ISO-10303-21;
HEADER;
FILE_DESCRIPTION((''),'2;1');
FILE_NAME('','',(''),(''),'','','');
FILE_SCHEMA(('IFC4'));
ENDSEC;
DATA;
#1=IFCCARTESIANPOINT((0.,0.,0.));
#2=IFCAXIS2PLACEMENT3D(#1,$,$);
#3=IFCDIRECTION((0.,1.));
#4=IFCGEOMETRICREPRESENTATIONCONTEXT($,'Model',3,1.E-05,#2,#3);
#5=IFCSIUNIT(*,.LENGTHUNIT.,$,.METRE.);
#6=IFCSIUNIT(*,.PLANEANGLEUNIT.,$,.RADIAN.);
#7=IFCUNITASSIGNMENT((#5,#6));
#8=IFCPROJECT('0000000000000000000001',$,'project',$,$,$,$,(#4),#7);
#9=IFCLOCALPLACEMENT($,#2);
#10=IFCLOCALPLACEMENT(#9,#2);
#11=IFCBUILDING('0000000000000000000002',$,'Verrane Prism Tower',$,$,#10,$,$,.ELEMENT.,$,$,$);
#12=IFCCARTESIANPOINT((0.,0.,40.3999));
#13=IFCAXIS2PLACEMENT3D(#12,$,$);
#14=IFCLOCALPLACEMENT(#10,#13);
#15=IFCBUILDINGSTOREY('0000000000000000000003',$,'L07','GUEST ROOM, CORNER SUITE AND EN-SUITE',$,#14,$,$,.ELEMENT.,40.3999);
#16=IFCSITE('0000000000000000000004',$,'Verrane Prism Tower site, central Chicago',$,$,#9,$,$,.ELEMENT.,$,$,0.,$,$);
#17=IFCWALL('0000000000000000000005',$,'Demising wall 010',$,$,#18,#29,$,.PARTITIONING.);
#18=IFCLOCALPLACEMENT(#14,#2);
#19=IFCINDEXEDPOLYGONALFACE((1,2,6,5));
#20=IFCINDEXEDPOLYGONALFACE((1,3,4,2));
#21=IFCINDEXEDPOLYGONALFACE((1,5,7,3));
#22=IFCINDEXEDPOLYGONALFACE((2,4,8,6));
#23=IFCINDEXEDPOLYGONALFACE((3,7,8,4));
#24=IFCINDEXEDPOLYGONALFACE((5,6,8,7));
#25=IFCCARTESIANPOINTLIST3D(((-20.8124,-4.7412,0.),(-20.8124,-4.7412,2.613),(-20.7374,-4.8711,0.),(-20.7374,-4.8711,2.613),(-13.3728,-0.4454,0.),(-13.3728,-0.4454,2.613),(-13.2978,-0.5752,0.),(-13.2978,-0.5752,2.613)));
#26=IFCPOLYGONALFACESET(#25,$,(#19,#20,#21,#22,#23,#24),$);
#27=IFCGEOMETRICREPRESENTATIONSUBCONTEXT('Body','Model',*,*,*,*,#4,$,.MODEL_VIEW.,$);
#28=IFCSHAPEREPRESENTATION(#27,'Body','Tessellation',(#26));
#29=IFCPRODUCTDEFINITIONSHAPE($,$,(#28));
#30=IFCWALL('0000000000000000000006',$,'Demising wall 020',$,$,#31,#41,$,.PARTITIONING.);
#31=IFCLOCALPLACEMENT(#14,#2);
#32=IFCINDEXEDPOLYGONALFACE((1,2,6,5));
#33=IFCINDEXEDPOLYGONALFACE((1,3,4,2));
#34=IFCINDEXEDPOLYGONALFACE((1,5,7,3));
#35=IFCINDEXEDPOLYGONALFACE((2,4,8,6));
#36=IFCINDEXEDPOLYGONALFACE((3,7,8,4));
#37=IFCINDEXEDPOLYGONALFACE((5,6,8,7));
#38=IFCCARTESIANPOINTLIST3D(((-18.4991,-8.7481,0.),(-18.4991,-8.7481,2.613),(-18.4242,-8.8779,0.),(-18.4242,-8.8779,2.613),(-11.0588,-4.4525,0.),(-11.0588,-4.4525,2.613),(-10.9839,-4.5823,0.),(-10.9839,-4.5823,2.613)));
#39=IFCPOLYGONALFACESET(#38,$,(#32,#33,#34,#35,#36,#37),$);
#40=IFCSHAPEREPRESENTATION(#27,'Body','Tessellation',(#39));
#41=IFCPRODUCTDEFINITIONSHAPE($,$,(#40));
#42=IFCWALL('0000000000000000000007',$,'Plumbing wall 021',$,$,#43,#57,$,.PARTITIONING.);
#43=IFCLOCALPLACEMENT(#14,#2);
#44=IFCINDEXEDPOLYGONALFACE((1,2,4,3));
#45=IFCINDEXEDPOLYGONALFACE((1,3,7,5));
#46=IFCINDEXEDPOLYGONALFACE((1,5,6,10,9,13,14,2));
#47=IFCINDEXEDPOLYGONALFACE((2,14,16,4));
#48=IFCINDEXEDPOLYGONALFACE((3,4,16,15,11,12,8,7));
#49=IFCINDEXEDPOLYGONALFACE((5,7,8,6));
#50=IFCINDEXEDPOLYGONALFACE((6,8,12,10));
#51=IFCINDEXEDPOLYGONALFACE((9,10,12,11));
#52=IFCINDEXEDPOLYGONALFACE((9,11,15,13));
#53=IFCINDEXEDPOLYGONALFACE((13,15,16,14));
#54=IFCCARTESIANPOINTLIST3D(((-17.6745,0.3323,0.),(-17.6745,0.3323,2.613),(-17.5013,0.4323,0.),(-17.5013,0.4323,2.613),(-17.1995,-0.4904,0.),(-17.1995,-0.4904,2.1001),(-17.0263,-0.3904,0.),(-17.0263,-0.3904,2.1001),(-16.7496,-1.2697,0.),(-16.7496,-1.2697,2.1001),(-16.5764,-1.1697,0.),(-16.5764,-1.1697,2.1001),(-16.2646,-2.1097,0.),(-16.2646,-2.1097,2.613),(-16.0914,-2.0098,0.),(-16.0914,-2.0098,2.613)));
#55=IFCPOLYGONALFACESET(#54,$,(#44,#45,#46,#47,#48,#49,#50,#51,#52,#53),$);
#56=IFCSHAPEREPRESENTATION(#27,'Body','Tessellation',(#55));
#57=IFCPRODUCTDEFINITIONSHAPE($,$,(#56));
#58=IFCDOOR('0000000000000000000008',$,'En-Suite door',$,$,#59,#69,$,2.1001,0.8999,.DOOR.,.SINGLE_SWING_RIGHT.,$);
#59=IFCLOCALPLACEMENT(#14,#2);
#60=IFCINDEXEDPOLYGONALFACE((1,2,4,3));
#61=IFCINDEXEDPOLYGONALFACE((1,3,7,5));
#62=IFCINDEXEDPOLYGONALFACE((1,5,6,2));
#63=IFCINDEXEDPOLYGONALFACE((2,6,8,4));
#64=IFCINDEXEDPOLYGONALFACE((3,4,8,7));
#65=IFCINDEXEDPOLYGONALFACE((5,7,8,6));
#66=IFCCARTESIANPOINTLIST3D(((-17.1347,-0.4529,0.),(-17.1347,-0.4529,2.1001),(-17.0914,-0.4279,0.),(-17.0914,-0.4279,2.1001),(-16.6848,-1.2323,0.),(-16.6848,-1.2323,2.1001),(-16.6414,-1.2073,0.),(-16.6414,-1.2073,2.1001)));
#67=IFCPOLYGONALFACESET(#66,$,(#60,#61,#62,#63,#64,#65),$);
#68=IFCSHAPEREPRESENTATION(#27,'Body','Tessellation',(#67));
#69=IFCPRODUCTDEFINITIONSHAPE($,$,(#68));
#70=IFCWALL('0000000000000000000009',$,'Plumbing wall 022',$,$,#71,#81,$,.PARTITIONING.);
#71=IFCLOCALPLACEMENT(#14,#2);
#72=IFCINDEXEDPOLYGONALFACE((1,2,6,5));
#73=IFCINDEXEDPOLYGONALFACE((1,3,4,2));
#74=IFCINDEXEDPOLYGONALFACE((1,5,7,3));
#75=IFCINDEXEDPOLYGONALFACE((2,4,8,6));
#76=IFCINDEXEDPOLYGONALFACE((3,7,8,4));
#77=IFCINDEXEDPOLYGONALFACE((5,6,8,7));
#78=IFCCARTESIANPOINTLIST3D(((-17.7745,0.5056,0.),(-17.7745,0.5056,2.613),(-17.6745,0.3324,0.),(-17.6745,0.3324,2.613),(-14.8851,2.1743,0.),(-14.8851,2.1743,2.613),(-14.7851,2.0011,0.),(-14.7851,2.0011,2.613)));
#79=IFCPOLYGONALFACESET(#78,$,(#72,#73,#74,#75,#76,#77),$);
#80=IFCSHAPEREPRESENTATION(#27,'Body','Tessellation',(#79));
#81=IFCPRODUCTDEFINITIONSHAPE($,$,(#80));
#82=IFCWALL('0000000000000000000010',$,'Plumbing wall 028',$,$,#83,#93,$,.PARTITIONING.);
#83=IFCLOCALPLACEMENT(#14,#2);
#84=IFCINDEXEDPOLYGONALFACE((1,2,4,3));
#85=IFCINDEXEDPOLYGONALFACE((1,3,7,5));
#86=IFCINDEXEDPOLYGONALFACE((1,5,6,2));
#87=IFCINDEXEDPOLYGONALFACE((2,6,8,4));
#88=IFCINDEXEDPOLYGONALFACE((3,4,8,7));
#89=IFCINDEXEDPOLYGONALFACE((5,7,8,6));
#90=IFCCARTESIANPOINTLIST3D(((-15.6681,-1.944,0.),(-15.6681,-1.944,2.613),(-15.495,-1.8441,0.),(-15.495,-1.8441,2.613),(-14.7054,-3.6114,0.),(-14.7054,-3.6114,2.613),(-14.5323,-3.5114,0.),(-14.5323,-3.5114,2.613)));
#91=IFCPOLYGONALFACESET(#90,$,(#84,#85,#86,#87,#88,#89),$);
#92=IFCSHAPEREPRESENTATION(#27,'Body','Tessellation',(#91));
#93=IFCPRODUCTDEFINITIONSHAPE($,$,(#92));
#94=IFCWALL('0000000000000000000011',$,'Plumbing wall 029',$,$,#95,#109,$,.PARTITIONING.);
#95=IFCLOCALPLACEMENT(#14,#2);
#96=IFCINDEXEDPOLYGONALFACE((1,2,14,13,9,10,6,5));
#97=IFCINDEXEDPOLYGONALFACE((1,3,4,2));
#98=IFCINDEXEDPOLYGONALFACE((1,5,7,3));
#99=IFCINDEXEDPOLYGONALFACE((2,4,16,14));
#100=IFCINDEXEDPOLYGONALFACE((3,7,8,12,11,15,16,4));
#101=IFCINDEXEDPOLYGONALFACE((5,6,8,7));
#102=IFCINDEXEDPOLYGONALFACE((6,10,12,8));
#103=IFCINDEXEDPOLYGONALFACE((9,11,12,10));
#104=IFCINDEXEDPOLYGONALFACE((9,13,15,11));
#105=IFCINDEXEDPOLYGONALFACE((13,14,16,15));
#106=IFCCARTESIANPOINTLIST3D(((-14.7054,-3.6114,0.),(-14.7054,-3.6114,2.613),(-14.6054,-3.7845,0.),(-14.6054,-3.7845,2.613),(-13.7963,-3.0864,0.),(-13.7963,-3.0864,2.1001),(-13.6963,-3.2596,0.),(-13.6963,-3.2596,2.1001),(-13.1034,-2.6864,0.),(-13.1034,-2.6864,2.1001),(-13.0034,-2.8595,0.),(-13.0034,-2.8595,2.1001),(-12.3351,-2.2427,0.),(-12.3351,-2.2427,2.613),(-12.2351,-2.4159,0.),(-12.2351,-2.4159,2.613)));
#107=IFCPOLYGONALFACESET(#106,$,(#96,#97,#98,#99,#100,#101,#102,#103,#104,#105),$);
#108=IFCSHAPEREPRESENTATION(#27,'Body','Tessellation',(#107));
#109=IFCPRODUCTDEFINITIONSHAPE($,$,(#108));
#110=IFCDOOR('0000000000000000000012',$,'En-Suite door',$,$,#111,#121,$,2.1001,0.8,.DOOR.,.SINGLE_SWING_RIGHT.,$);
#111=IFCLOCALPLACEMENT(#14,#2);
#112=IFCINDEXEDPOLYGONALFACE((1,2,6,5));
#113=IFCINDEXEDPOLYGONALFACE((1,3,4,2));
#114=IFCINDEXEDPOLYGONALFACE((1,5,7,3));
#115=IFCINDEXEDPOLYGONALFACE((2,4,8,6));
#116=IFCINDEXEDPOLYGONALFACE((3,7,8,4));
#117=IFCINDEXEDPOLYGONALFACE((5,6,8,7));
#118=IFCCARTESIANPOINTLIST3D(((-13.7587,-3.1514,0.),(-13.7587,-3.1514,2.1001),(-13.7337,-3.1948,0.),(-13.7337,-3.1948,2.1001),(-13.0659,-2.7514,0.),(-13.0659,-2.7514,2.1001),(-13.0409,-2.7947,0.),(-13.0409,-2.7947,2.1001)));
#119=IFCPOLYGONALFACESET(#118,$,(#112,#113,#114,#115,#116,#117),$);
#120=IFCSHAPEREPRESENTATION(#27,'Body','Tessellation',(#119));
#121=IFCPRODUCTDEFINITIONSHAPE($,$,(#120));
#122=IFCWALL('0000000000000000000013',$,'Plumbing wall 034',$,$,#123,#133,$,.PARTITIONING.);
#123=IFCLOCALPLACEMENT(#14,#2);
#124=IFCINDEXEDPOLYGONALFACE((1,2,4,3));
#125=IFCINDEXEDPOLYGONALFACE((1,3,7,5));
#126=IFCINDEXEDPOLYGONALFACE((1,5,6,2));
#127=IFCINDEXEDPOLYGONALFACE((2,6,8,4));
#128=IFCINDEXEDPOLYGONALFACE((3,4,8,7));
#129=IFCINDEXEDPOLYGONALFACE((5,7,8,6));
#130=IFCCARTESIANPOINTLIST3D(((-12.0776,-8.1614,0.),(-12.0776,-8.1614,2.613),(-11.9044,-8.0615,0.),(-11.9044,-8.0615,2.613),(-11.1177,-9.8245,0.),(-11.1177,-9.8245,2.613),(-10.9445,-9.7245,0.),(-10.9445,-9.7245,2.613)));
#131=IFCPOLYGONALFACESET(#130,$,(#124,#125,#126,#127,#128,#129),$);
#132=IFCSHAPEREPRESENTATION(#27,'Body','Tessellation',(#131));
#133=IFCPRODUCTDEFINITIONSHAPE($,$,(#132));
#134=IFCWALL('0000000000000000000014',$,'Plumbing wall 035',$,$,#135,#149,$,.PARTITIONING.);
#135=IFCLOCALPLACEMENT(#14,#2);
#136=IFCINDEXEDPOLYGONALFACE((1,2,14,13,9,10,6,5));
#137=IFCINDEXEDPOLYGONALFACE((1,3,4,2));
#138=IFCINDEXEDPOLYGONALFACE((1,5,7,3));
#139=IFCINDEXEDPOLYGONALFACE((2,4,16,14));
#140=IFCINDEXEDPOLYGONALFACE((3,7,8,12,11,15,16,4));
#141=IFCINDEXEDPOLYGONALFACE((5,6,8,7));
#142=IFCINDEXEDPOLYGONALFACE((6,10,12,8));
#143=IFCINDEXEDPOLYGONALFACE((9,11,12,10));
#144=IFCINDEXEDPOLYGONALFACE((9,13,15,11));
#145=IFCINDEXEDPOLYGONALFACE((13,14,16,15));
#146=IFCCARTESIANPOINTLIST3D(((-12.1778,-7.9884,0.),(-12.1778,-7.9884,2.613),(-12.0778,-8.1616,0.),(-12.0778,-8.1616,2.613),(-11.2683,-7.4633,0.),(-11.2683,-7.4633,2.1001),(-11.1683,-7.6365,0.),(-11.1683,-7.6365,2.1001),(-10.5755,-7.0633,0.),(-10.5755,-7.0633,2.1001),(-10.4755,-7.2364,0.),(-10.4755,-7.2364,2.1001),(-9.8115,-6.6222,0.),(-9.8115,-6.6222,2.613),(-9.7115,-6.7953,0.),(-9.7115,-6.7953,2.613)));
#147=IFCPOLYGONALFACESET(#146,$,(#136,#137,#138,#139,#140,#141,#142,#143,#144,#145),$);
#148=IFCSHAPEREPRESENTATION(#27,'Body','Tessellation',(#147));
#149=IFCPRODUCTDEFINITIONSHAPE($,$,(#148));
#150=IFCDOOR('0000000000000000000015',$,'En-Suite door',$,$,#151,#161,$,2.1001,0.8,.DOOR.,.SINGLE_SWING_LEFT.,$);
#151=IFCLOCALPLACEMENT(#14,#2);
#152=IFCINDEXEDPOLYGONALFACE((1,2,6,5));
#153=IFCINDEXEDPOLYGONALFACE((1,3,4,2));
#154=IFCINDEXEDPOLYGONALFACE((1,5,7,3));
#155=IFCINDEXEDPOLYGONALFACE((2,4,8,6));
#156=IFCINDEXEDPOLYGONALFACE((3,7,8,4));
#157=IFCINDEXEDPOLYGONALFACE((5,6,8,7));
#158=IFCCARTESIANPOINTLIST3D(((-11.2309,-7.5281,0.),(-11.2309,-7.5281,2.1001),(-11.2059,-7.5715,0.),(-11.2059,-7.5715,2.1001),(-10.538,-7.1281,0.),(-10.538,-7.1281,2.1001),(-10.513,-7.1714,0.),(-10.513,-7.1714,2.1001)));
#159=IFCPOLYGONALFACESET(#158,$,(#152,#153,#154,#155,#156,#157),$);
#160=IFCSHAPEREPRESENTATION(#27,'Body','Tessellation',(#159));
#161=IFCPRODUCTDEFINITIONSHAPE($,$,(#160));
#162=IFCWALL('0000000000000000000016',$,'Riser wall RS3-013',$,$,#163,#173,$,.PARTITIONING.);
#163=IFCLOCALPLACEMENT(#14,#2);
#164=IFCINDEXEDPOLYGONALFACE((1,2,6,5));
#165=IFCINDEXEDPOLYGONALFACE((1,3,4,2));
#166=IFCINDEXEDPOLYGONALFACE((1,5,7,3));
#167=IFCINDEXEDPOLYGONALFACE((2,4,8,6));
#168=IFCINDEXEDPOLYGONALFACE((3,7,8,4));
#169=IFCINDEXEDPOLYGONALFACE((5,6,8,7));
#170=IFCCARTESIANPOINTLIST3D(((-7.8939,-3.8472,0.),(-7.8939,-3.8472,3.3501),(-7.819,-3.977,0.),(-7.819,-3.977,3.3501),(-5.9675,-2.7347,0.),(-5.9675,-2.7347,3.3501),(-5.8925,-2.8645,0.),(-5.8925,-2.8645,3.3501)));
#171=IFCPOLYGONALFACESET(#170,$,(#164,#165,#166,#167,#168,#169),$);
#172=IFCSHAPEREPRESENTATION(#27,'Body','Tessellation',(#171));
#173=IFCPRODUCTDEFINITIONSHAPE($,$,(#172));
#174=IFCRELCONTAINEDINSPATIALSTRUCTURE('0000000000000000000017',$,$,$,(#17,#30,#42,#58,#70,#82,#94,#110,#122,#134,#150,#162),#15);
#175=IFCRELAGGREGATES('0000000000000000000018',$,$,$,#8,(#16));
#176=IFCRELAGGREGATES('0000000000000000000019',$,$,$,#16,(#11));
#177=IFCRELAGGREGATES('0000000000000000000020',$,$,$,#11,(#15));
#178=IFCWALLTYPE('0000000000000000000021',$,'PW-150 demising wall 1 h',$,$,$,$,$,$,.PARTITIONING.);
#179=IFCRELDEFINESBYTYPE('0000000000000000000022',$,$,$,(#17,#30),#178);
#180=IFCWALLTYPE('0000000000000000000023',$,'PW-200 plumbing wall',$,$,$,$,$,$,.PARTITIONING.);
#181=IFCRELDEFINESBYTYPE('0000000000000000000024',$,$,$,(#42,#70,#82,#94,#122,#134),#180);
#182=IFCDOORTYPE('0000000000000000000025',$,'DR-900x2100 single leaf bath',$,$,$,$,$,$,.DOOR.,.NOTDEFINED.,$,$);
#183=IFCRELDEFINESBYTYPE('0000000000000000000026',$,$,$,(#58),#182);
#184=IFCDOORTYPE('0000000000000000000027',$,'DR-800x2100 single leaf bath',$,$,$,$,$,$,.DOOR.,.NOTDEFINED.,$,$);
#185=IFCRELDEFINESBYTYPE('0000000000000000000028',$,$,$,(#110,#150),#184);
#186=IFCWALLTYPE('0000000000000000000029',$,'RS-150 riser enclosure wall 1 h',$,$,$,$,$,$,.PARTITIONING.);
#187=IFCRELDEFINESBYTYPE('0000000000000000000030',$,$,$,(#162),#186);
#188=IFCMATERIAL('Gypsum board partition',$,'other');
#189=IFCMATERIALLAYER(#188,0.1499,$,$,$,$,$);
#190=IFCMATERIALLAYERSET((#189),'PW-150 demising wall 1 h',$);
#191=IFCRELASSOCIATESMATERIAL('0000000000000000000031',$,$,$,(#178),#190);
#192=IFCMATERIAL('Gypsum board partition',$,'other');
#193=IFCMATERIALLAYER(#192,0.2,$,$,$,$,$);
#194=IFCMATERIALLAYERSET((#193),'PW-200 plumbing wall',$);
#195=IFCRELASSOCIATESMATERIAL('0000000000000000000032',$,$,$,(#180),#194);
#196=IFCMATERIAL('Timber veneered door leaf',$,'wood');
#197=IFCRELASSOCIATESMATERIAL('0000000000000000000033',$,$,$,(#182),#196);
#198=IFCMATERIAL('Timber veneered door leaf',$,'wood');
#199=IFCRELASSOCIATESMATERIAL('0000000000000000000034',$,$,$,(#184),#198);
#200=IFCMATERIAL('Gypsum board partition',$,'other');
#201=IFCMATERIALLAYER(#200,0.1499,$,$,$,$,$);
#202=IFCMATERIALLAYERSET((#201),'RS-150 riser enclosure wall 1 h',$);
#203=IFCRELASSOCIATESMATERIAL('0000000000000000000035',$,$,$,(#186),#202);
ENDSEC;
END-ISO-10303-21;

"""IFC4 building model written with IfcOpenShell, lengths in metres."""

from ifc_helpers import new_model, si_unit, direction, frame, frame_2d, origin, place, context, subcontext, project, spatial, rectangle, extrude, material, layer, layer_set, type_object, element, fill, save


model = new_model("IFC4")

# Units and contexts
model_context = context("Model", 3, precision=1e-05, world=origin(), true_north=direction((0.0, 1.0)))
body_context = subcontext(model_context, "Body", "Model", "MODEL_VIEW")
ifc_project = project(units=[si_unit("LENGTHUNIT", "METRE"), si_unit("PLANEANGLEUNIT", "RADIAN")], contexts=[model_context])

# Site, building, storey
site_placement = place(None, origin())
site = spatial("IfcSite", under=ifc_project, at=site_placement, Name="Verrane Prism Tower site, central Chicago", CompositionType="ELEMENT", RefElevation=0.0)
building_placement = place(site_placement, origin())
building = spatial("IfcBuilding", under=site, at=building_placement, Name="Verrane Prism Tower", CompositionType="ELEMENT")
storey_placement = place(building_placement, frame((0.0, 0.0, 40.3999)))
storey = spatial("IfcBuildingStorey", under=building, at=storey_placement, Name="L07", Description="GUEST ROOM, CORNER SUITE AND EN-SUITE", CompositionType="ELEMENT", Elevation=40.3999)

# Walls
ifc_material_1 = material(Name="Gypsum board partition", Category="other")
ifc_layer_1 = layer(ifc_material_1, 0.1499)
ifc_layer_set_1 = layer_set([ifc_layer_1], Name="PW-150 demising wall 1 h")
wall_type_1 = type_object("IfcWallType", Name="PW-150 demising wall 1 h", PredefinedType="PARTITIONING", material=ifc_layer_set_1)
wall_1_placement = place(storey_placement, frame((-20.7749, -4.8062, 0.0), z_axis=(0.0, 0.0, 1.0), x_axis=(0.865996, 0.500051, 0.0)))
element("IfcWall", 1, at=wall_1_placement, inside=storey, type_object=wall_type_1, Name="Demising wall 010", PredefinedType="PARTITIONING", context=body_context, shape_type="SweptSolid", body=[
    extrude(rectangle(XDim=8.5908, YDim=0.1499, at=frame_2d((4.2954, 0.0))), origin(), (0.0, 0.0, 1.0), 2.613),
])
wall_2_placement = place(storey_placement, frame((-18.4617, -8.813, 0.0), z_axis=(0.0, 0.0, 1.0), x_axis=(0.866029, 0.499993, 0.0)))
element("IfcWall", 2, at=wall_2_placement, inside=storey, type_object=wall_type_1, Name="Demising wall 020", PredefinedType="PARTITIONING", context=body_context, shape_type="SweptSolid", body=[
    extrude(rectangle(XDim=8.5913, YDim=0.1499, at=frame_2d((4.2957, 0.0))), origin(), (0.0, 0.0, 1.0), 2.613),
])

# Wall, opening, door
ifc_material_2 = material(Name="Gypsum board partition", Category="other")
ifc_layer_2 = layer(ifc_material_2, 0.2)
ifc_layer_set_2 = layer_set([ifc_layer_2], Name="PW-200 plumbing wall")
wall_type_2 = type_object("IfcWallType", Name="PW-200 plumbing wall", PredefinedType="PARTITIONING", material=ifc_layer_set_2)
wall_3_placement = place(storey_placement, frame((-17.5879, 0.3823, 0.0), z_axis=(0.0, 0.0, 1.0), x_axis=(0.499985, -0.866034, 0.0)))
wall_3 = element("IfcWall", 3, at=wall_3_placement, inside=storey, type_object=wall_type_2, Name="Plumbing wall 021", PredefinedType="PARTITIONING", context=body_context, shape_type="SweptSolid", body=[
    extrude(rectangle(XDim=2.8198, YDim=0.2, at=frame_2d((1.4099, 0.0))), origin(), (0.0, 0.0, 1.0), 2.613),
])
opening_1_placement = place(wall_3_placement, frame((0.95, 0.0, 0.0)))
opening_1 = element("IfcOpeningElement", 4, at=opening_1_placement, cuts=wall_3, PredefinedType="OPENING", context=body_context, shape_type="SweptSolid", body=[
    extrude(rectangle(XDim=0.8999, YDim=2.1001, at=frame_2d((0.45, 1.05))), frame((0.0, 0.1099, 0.0), z_axis=(0.0, -1.0, 0.0), x_axis=(1.0, 0.0, 0.0)), (0.0, 0.0, 1.0), 0.22),
])
ifc_material_3 = material(Name="Timber veneered door leaf", Category="wood")
door_type_1 = type_object("IfcDoorType", Name="DR-900x2100 single leaf bath", OperationType="NOTDEFINED", PredefinedType="DOOR", material=ifc_material_3)
door_1_placement = place(opening_1_placement, origin())
door_1 = element("IfcDoor", 5, at=door_1_placement, inside=storey, type_object=door_type_1, Name="En-Suite door", OperationType="SINGLE_SWING_RIGHT", OverallHeight=2.1001, OverallWidth=0.8999, PredefinedType="DOOR", context=body_context, shape_type="SweptSolid", body=[
    extrude(rectangle(XDim=0.8999, YDim=2.1001, at=frame_2d((0.45, 1.05))), frame((0.0, 0.0249, 0.0), z_axis=(0.0, -1.0, 0.0), x_axis=(1.0, 0.0, 0.0)), (0.0, 0.0, 1.0), 0.05),
])
fill(opening_1, door_1)

# Walls
wall_4_placement = place(storey_placement, frame((-17.7246, 0.4189, 0.0), z_axis=(0.0, 0.0, 1.0), x_axis=(0.86596, 0.500113, 0.0)))
element("IfcWall", 6, at=wall_4_placement, inside=storey, type_object=wall_type_2, Name="Plumbing wall 022", PredefinedType="PARTITIONING", context=body_context, shape_type="SweptSolid", body=[
    extrude(rectangle(XDim=3.3367, YDim=0.2, at=frame_2d((1.6685, 0.0))), origin(), (0.0, 0.0, 1.0), 2.613),
])
wall_5_placement = place(storey_placement, frame((-15.5815, -1.894, 0.0), z_axis=(0.0, 0.0, 1.0), x_axis=(0.500026, -0.86601, 0.0)))
element("IfcWall", 7, at=wall_5_placement, inside=storey, type_object=wall_type_2, Name="Plumbing wall 028", PredefinedType="PARTITIONING", context=body_context, shape_type="SweptSolid", body=[
    extrude(rectangle(XDim=1.9253, YDim=0.2, at=frame_2d((0.9626, 0.0))), origin(), (0.0, 0.0, 1.0), 2.613),
])

# Wall, opening, door
wall_6_placement = place(storey_placement, frame((-14.6555, -3.698, 0.0), z_axis=(0.0, 0.0, 1.0), x_axis=(0.866006, 0.500034, 0.0)))
wall_6 = element("IfcWall", 8, at=wall_6_placement, inside=storey, type_object=wall_type_2, Name="Plumbing wall 029", PredefinedType="PARTITIONING", context=body_context, shape_type="SweptSolid", body=[
    extrude(rectangle(XDim=2.7371, YDim=0.2, at=frame_2d((1.3687, 0.0))), origin(), (0.0, 0.0, 1.0), 2.613),
])
opening_2_placement = place(wall_6_placement, frame((1.05, 0.0, 0.0)))
opening_2 = element("IfcOpeningElement", 9, at=opening_2_placement, cuts=wall_6, PredefinedType="OPENING", context=body_context, shape_type="SweptSolid", body=[
    extrude(rectangle(XDim=0.8, YDim=2.1001, at=frame_2d((0.3999, 1.05))), frame((0.0, 0.1099, 0.0), z_axis=(0.0, -1.0, 0.0), x_axis=(1.0, 0.0, 0.0)), (0.0, 0.0, 1.0), 0.22),
])
ifc_material_4 = material(Name="Timber veneered door leaf", Category="wood")
door_type_2 = type_object("IfcDoorType", Name="DR-800x2100 single leaf bath", OperationType="NOTDEFINED", PredefinedType="DOOR", material=ifc_material_4)
door_2_placement = place(opening_2_placement, origin())
door_2 = element("IfcDoor", 10, at=door_2_placement, inside=storey, type_object=door_type_2, Name="En-Suite door", OperationType="SINGLE_SWING_RIGHT", OverallHeight=2.1001, OverallWidth=0.8, PredefinedType="DOOR", context=body_context, shape_type="SweptSolid", body=[
    extrude(rectangle(XDim=0.8, YDim=2.1001, at=frame_2d((0.3999, 1.05))), frame((0.0, 0.0249, 0.0), z_axis=(0.0, -1.0, 0.0), x_axis=(1.0, 0.0, 0.0)), (0.0, 0.0, 1.0), 0.05),
])
fill(opening_2, door_2)

# Wall
wall_7_placement = place(storey_placement, frame((-11.991, -8.1116, 0.0), z_axis=(0.0, 0.0, 1.0), x_axis=(0.499913, -0.866075, 0.0)))
element("IfcWall", 11, at=wall_7_placement, inside=storey, type_object=wall_type_2, Name="Plumbing wall 034", PredefinedType="PARTITIONING", context=body_context, shape_type="SweptSolid", body=[
    extrude(rectangle(XDim=1.9202, YDim=0.2, at=frame_2d((0.96, 0.0))), origin(), (0.0, 0.0, 1.0), 2.613),
])

# Wall, opening, door
wall_8_placement = place(storey_placement, frame((-9.7615, -6.7087, 0.0), z_axis=(0.0, 0.0, 1.0), x_axis=(-0.866013, -0.500022, 0.0)))
wall_8 = element("IfcWall", 12, at=wall_8_placement, inside=storey, type_object=wall_type_2, Name="Plumbing wall 035", PredefinedType="PARTITIONING", context=body_context, shape_type="SweptSolid", body=[
    extrude(rectangle(XDim=2.7324, YDim=0.2, at=frame_2d((1.3662, 0.0))), origin(), (0.0, 0.0, 1.0), 2.613),
])
opening_3_placement = place(wall_8_placement, frame((0.8823, 0.0, 0.0)))
opening_3 = element("IfcOpeningElement", 13, at=opening_3_placement, cuts=wall_8, PredefinedType="OPENING", context=body_context, shape_type="SweptSolid", body=[
    extrude(rectangle(XDim=0.8, YDim=2.1001, at=frame_2d((0.3999, 1.05))), frame((0.0, 0.1099, 0.0), z_axis=(0.0, -1.0, 0.0), x_axis=(1.0, 0.0, 0.0)), (0.0, 0.0, 1.0), 0.22),
])
door_3_placement = place(opening_3_placement, origin())
door_3 = element("IfcDoor", 14, at=door_3_placement, inside=storey, type_object=door_type_2, Name="En-Suite door", OperationType="SINGLE_SWING_LEFT", OverallHeight=2.1001, OverallWidth=0.8, PredefinedType="DOOR", context=body_context, shape_type="SweptSolid", body=[
    extrude(rectangle(XDim=0.8, YDim=2.1001, at=frame_2d((0.3999, 1.05))), frame((0.0, 0.0249, 0.0), z_axis=(0.0, -1.0, 0.0), x_axis=(1.0, 0.0, 0.0)), (0.0, 0.0, 1.0), 0.05),
])
fill(opening_3, door_3)

# Wall
ifc_material_5 = material(Name="Gypsum board partition", Category="other")
ifc_layer_3 = layer(ifc_material_5, 0.1499)
ifc_layer_set_3 = layer_set([ifc_layer_3], Name="RS-150 riser enclosure wall 1 h")
wall_type_3 = type_object("IfcWallType", Name="RS-150 riser enclosure wall 1 h", PredefinedType="PARTITIONING", material=ifc_layer_set_3)
wall_9_placement = place(storey_placement, frame((-7.8564, -3.9121, 0.0), z_axis=(0.0, 0.0, 1.0), x_axis=(0.865972, 0.500093, 0.0)))
element("IfcWall", 15, at=wall_9_placement, inside=storey, type_object=wall_type_3, Name="Riser wall RS3-013", PredefinedType="PARTITIONING", context=body_context, shape_type="SweptSolid", body=[
    extrude(rectangle(XDim=2.2246, YDim=0.1499, at=frame_2d((1.1123, 0.0))), origin(), (0.0, 0.0, 1.0), 3.3501),
])

save(model, "model.ifc")
